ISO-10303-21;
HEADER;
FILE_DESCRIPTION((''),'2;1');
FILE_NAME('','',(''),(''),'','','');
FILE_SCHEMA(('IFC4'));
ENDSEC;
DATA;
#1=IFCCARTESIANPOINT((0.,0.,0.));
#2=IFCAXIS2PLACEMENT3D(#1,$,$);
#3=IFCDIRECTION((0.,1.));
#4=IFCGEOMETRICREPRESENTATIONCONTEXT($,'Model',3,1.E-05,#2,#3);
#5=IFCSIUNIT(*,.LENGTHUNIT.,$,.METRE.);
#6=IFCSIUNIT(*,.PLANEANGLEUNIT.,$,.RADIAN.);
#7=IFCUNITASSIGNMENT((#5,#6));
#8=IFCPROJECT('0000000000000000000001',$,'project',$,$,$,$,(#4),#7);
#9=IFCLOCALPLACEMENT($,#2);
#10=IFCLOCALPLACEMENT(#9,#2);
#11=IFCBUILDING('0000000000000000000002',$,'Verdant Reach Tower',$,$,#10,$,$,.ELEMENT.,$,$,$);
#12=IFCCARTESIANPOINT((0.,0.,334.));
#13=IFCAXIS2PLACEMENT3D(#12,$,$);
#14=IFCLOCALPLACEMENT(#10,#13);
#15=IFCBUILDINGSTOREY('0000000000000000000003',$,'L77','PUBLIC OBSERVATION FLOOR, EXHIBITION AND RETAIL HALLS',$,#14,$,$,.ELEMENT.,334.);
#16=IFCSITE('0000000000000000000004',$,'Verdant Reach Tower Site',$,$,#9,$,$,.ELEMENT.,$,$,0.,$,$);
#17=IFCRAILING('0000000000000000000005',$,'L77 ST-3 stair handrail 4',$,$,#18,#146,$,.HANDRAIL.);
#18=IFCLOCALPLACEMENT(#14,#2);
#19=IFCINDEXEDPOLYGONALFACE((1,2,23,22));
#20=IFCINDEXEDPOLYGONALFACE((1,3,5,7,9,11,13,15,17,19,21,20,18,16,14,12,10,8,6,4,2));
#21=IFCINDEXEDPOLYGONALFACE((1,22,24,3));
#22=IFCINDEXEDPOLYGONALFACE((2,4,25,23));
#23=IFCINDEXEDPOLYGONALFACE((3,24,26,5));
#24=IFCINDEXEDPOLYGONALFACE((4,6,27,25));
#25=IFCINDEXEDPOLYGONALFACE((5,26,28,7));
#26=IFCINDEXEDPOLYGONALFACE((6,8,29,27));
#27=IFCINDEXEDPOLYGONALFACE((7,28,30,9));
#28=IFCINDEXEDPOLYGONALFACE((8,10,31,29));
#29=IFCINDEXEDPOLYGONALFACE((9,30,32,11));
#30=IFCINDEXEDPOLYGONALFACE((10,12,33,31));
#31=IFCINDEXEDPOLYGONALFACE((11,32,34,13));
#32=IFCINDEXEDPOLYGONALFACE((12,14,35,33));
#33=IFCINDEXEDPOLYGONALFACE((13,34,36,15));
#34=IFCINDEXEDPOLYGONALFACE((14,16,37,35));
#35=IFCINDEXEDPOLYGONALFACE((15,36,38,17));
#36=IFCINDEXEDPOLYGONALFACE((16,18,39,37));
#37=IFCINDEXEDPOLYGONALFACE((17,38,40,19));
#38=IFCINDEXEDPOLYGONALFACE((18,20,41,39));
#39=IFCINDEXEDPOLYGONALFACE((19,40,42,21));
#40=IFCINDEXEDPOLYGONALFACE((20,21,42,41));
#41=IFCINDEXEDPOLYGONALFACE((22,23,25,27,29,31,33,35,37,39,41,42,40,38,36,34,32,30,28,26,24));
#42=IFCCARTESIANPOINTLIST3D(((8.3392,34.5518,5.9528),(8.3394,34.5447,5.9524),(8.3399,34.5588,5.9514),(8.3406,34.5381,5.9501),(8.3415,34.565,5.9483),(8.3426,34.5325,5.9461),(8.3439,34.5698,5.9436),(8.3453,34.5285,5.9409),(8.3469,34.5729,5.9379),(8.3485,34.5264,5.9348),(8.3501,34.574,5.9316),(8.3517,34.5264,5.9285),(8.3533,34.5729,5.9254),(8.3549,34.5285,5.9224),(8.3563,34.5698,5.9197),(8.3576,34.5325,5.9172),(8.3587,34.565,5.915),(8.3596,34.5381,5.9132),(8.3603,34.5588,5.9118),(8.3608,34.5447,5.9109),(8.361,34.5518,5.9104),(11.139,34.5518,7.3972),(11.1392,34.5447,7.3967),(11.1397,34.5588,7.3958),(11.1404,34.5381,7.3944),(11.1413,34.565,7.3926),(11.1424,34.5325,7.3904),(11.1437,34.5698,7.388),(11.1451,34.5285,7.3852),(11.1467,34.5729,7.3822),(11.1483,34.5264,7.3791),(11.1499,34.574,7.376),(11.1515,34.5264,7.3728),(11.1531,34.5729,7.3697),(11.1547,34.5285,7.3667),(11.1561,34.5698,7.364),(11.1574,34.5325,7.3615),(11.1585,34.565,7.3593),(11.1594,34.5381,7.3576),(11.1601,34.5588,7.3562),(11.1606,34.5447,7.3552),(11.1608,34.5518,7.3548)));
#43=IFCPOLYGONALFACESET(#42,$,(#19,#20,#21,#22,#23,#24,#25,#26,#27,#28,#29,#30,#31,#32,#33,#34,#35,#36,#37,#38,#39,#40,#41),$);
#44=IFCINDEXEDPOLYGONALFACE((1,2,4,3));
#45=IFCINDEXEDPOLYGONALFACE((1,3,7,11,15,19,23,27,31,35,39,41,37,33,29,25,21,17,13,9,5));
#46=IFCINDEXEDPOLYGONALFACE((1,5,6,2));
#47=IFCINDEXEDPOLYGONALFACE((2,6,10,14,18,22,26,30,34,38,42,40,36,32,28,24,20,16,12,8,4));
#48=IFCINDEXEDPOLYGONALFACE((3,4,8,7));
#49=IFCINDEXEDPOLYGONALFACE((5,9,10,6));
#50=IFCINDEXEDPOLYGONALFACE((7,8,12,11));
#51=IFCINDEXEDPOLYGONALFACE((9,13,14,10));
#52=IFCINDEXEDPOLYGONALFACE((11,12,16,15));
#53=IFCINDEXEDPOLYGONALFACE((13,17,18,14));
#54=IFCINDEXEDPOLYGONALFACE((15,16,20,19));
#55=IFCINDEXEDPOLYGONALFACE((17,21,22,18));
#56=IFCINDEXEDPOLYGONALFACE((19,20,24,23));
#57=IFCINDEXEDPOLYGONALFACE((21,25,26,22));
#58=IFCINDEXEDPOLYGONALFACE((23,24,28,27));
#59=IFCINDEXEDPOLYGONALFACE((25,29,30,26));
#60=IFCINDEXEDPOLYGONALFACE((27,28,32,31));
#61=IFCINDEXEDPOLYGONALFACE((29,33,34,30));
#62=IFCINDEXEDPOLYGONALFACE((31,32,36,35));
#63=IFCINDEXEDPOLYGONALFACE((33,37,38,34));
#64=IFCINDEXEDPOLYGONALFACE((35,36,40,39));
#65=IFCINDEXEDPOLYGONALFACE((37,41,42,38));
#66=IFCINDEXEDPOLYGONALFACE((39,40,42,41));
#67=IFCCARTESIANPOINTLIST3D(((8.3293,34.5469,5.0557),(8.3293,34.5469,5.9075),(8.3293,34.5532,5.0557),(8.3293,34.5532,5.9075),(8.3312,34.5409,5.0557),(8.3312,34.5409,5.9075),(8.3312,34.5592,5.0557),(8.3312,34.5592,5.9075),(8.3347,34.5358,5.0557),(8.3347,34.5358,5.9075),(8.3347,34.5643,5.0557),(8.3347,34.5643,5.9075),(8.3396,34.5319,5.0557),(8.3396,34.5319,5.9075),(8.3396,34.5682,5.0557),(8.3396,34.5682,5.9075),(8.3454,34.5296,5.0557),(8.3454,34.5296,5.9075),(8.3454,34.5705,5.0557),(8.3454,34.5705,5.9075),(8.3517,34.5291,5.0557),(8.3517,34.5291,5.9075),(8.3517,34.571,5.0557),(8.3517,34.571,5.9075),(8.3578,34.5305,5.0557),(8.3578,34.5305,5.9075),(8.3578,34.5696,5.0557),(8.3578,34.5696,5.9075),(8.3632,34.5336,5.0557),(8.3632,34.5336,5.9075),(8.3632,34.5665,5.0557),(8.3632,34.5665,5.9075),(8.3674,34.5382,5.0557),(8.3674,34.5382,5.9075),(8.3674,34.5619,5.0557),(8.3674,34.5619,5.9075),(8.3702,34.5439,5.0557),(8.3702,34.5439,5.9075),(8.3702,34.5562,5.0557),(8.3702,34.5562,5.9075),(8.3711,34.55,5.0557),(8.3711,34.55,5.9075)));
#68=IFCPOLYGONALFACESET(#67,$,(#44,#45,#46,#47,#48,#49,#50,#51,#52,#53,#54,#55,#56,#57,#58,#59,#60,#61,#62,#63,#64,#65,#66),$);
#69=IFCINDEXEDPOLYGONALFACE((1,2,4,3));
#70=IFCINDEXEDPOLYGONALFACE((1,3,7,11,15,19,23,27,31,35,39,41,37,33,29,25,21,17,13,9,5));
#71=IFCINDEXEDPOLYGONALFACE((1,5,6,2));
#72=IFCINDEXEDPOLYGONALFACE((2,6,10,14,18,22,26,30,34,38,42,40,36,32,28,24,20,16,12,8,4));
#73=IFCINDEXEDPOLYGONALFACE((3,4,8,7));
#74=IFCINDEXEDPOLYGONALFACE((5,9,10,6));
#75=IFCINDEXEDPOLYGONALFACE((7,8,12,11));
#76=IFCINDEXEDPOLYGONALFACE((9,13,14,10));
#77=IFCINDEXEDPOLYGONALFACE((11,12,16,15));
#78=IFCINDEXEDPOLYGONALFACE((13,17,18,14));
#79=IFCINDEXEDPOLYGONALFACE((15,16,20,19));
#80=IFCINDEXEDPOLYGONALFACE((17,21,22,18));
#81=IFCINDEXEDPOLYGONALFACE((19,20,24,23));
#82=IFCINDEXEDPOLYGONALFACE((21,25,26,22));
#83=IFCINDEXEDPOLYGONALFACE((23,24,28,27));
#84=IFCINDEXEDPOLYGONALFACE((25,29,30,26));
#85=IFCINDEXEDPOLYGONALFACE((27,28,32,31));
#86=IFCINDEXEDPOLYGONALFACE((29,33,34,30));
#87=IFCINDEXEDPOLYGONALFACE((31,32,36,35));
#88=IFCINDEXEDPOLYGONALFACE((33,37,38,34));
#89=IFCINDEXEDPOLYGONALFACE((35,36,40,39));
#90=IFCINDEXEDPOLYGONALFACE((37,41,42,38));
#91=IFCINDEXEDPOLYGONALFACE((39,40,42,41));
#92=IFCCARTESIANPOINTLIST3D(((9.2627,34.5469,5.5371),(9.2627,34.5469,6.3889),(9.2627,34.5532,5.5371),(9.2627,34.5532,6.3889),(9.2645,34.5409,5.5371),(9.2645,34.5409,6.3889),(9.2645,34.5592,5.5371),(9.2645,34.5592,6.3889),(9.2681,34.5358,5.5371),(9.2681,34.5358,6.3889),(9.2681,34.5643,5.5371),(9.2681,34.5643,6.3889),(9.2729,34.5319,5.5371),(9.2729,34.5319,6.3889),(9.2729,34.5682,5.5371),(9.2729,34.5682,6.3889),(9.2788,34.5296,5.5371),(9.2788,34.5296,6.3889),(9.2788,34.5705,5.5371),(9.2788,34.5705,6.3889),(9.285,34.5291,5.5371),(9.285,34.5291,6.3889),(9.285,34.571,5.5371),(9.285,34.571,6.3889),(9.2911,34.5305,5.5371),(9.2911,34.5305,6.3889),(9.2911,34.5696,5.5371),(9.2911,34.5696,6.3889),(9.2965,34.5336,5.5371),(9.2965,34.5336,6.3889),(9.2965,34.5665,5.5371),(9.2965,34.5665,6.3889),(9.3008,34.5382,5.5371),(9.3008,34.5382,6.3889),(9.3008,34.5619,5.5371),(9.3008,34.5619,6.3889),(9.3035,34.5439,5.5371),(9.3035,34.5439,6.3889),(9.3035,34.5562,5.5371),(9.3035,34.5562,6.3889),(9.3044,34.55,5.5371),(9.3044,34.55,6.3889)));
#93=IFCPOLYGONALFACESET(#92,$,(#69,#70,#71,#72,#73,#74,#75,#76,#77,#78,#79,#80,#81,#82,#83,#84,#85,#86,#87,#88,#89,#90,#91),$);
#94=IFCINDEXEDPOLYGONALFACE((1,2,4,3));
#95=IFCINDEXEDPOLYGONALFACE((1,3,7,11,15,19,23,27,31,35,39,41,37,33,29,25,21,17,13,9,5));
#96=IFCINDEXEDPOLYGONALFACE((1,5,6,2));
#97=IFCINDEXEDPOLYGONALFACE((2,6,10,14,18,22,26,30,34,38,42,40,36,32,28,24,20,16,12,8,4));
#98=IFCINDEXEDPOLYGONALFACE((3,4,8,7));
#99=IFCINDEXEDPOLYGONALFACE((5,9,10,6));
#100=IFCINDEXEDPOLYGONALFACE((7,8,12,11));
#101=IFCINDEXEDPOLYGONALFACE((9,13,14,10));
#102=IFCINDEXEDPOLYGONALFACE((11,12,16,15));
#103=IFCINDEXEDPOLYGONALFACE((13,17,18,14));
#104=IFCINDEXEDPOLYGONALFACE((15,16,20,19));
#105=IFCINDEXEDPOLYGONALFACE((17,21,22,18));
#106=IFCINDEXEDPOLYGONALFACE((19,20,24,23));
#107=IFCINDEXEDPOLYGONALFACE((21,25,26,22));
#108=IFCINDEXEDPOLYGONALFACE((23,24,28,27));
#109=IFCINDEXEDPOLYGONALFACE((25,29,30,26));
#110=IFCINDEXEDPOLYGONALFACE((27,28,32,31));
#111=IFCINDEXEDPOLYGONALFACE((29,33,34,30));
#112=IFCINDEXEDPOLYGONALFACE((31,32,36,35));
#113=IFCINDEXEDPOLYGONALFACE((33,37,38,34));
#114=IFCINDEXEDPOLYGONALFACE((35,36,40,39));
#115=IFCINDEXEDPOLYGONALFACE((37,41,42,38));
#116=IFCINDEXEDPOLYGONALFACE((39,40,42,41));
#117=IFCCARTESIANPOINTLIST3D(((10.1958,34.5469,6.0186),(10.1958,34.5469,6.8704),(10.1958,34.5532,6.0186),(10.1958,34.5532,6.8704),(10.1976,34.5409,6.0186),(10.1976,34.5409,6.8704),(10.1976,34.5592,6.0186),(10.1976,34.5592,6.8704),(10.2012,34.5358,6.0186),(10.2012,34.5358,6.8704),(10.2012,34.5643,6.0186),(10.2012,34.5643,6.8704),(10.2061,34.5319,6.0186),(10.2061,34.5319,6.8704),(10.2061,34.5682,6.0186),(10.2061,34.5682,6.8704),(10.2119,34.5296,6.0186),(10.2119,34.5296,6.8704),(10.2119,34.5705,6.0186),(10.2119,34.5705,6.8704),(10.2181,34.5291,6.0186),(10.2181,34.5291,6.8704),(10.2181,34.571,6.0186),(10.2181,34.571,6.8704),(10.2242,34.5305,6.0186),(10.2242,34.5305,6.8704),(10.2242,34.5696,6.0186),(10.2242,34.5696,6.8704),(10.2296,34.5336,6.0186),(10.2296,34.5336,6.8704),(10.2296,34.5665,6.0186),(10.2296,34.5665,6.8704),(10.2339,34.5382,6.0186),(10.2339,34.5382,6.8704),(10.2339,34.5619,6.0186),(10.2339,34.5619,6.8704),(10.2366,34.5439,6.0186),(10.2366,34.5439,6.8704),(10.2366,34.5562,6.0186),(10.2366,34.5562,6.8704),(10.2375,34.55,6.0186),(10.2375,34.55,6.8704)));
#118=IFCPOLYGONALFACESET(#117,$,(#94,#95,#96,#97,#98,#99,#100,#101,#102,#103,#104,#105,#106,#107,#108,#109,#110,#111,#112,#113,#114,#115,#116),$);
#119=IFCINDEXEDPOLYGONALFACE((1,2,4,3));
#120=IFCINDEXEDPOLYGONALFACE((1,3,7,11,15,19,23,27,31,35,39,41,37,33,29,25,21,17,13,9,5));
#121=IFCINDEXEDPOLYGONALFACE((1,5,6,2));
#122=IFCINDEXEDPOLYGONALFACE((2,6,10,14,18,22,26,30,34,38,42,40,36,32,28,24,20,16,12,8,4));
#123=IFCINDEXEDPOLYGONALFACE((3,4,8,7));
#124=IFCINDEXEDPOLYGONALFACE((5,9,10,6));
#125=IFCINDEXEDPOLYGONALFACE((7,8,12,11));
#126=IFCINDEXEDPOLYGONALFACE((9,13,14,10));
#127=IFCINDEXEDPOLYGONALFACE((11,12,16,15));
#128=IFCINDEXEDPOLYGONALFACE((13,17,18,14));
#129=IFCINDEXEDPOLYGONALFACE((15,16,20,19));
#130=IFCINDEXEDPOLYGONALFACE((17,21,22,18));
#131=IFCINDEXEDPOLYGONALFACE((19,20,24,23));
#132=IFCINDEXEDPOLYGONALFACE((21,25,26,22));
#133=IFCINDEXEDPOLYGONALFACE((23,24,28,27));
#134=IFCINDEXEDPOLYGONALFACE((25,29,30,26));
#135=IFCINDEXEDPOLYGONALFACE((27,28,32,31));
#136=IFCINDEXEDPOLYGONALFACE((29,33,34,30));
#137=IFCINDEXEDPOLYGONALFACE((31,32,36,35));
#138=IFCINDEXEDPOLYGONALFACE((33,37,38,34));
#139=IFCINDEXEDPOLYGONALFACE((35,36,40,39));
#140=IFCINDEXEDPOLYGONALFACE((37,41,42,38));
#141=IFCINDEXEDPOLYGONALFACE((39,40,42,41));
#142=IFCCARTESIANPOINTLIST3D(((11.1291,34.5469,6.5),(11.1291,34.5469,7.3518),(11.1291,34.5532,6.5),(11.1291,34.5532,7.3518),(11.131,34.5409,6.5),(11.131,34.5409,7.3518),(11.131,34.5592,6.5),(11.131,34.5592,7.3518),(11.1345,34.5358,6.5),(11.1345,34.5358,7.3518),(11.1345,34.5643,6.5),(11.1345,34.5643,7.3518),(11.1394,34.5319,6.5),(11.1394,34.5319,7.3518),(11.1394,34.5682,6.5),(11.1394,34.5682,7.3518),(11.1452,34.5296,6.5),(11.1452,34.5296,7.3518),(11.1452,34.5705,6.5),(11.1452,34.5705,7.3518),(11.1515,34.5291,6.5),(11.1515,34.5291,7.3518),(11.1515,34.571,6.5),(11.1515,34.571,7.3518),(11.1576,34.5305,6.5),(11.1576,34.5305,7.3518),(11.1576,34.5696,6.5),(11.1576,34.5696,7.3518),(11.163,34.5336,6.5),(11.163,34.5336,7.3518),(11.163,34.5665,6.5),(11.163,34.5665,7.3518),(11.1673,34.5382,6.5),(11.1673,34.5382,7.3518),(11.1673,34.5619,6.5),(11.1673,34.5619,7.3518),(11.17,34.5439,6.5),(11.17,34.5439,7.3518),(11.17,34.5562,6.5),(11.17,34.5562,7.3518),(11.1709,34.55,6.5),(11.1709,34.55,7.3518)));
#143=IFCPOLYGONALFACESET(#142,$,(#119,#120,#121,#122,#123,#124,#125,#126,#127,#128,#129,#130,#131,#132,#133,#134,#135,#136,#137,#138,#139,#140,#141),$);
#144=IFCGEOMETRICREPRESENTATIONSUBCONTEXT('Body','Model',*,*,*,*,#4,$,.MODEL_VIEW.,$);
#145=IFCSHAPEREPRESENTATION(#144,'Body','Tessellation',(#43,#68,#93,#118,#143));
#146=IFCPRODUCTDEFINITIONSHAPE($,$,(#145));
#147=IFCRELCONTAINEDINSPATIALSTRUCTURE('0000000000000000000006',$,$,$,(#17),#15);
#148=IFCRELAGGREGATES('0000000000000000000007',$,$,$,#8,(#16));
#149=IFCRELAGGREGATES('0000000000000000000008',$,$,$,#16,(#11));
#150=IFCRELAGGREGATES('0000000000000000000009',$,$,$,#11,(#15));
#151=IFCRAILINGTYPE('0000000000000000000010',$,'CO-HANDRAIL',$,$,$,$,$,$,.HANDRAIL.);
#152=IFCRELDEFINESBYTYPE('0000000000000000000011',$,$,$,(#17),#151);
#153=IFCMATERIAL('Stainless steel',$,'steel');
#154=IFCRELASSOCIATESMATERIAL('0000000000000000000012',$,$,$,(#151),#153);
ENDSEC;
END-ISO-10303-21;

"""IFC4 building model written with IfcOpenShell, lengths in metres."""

from ifc_helpers import new_model, si_unit, direction, frame, origin, origin_2d, place, context, subcontext, project, spatial, circle, extrude, material, type_object, element, save


model = new_model("IFC4")

# Units and contexts
model_context = context("Model", 3, precision=1e-05, world=origin(), true_north=direction((0.0, 1.0)))
body_context = subcontext(model_context, "Body", "Model", "MODEL_VIEW")
ifc_project = project(units=[si_unit("LENGTHUNIT", "METRE"), si_unit("PLANEANGLEUNIT", "RADIAN")], contexts=[model_context])

# Site, building, storey
site_placement = place(None, origin())
site = spatial("IfcSite", under=ifc_project, at=site_placement, Name="Verdant Reach Tower Site", CompositionType="ELEMENT", RefElevation=0.0)
building_placement = place(site_placement, origin())
building = spatial("IfcBuilding", under=site, at=building_placement, Name="Verdant Reach Tower", CompositionType="ELEMENT")
storey_placement = place(building_placement, frame((0.0, 0.0, 334.0)))
storey = spatial("IfcBuildingStorey", under=building, at=storey_placement, Name="L77", Description="PUBLIC OBSERVATION FLOOR, EXHIBITION AND RETAIL HALLS", CompositionType="ELEMENT", Elevation=334.0)

# Railing
ifc_material_1 = material(Name="Stainless steel", Category="steel")
railing_type_1 = type_object("IfcRailingType", Name="CO-HANDRAIL", PredefinedType="HANDRAIL", material=ifc_material_1)
railing_1_placement = place(storey_placement, frame((8.3501, 34.55, 5.0557)))
element("IfcRailing", 1, at=railing_1_placement, inside=storey, type_object=railing_type_1, Name="L77 ST-3 stair handrail 4", PredefinedType="HANDRAIL", context=body_context, shape_type="SweptSolid", body=[
    extrude(circle(Radius=0.0239, at=origin_2d()), frame((0.0, 0.0, 0.876), z_axis=(0.888714, 0.0, 0.458461), x_axis=(0.0, 1.0, 0.0)), (0.0, 0.0, 1.0), 3.1504),
    extrude(circle(Radius=0.021, at=origin_2d()), origin(), (0.0, 0.0, 1.0), 0.8518),
    extrude(circle(Radius=0.021, at=origin_2d()), frame((0.9333, 0.0, 0.4814)), (0.0, 0.0, 1.0), 0.8518),
    extrude(circle(Radius=0.021, at=origin_2d()), frame((1.8665, 0.0, 0.9629)), (0.0, 0.0, 1.0), 0.8518),
    extrude(circle(Radius=0.021, at=origin_2d()), frame((2.7998, 0.0, 1.4443)), (0.0, 0.0, 1.0), 0.8518),
])

save(model, "model.ifc")
